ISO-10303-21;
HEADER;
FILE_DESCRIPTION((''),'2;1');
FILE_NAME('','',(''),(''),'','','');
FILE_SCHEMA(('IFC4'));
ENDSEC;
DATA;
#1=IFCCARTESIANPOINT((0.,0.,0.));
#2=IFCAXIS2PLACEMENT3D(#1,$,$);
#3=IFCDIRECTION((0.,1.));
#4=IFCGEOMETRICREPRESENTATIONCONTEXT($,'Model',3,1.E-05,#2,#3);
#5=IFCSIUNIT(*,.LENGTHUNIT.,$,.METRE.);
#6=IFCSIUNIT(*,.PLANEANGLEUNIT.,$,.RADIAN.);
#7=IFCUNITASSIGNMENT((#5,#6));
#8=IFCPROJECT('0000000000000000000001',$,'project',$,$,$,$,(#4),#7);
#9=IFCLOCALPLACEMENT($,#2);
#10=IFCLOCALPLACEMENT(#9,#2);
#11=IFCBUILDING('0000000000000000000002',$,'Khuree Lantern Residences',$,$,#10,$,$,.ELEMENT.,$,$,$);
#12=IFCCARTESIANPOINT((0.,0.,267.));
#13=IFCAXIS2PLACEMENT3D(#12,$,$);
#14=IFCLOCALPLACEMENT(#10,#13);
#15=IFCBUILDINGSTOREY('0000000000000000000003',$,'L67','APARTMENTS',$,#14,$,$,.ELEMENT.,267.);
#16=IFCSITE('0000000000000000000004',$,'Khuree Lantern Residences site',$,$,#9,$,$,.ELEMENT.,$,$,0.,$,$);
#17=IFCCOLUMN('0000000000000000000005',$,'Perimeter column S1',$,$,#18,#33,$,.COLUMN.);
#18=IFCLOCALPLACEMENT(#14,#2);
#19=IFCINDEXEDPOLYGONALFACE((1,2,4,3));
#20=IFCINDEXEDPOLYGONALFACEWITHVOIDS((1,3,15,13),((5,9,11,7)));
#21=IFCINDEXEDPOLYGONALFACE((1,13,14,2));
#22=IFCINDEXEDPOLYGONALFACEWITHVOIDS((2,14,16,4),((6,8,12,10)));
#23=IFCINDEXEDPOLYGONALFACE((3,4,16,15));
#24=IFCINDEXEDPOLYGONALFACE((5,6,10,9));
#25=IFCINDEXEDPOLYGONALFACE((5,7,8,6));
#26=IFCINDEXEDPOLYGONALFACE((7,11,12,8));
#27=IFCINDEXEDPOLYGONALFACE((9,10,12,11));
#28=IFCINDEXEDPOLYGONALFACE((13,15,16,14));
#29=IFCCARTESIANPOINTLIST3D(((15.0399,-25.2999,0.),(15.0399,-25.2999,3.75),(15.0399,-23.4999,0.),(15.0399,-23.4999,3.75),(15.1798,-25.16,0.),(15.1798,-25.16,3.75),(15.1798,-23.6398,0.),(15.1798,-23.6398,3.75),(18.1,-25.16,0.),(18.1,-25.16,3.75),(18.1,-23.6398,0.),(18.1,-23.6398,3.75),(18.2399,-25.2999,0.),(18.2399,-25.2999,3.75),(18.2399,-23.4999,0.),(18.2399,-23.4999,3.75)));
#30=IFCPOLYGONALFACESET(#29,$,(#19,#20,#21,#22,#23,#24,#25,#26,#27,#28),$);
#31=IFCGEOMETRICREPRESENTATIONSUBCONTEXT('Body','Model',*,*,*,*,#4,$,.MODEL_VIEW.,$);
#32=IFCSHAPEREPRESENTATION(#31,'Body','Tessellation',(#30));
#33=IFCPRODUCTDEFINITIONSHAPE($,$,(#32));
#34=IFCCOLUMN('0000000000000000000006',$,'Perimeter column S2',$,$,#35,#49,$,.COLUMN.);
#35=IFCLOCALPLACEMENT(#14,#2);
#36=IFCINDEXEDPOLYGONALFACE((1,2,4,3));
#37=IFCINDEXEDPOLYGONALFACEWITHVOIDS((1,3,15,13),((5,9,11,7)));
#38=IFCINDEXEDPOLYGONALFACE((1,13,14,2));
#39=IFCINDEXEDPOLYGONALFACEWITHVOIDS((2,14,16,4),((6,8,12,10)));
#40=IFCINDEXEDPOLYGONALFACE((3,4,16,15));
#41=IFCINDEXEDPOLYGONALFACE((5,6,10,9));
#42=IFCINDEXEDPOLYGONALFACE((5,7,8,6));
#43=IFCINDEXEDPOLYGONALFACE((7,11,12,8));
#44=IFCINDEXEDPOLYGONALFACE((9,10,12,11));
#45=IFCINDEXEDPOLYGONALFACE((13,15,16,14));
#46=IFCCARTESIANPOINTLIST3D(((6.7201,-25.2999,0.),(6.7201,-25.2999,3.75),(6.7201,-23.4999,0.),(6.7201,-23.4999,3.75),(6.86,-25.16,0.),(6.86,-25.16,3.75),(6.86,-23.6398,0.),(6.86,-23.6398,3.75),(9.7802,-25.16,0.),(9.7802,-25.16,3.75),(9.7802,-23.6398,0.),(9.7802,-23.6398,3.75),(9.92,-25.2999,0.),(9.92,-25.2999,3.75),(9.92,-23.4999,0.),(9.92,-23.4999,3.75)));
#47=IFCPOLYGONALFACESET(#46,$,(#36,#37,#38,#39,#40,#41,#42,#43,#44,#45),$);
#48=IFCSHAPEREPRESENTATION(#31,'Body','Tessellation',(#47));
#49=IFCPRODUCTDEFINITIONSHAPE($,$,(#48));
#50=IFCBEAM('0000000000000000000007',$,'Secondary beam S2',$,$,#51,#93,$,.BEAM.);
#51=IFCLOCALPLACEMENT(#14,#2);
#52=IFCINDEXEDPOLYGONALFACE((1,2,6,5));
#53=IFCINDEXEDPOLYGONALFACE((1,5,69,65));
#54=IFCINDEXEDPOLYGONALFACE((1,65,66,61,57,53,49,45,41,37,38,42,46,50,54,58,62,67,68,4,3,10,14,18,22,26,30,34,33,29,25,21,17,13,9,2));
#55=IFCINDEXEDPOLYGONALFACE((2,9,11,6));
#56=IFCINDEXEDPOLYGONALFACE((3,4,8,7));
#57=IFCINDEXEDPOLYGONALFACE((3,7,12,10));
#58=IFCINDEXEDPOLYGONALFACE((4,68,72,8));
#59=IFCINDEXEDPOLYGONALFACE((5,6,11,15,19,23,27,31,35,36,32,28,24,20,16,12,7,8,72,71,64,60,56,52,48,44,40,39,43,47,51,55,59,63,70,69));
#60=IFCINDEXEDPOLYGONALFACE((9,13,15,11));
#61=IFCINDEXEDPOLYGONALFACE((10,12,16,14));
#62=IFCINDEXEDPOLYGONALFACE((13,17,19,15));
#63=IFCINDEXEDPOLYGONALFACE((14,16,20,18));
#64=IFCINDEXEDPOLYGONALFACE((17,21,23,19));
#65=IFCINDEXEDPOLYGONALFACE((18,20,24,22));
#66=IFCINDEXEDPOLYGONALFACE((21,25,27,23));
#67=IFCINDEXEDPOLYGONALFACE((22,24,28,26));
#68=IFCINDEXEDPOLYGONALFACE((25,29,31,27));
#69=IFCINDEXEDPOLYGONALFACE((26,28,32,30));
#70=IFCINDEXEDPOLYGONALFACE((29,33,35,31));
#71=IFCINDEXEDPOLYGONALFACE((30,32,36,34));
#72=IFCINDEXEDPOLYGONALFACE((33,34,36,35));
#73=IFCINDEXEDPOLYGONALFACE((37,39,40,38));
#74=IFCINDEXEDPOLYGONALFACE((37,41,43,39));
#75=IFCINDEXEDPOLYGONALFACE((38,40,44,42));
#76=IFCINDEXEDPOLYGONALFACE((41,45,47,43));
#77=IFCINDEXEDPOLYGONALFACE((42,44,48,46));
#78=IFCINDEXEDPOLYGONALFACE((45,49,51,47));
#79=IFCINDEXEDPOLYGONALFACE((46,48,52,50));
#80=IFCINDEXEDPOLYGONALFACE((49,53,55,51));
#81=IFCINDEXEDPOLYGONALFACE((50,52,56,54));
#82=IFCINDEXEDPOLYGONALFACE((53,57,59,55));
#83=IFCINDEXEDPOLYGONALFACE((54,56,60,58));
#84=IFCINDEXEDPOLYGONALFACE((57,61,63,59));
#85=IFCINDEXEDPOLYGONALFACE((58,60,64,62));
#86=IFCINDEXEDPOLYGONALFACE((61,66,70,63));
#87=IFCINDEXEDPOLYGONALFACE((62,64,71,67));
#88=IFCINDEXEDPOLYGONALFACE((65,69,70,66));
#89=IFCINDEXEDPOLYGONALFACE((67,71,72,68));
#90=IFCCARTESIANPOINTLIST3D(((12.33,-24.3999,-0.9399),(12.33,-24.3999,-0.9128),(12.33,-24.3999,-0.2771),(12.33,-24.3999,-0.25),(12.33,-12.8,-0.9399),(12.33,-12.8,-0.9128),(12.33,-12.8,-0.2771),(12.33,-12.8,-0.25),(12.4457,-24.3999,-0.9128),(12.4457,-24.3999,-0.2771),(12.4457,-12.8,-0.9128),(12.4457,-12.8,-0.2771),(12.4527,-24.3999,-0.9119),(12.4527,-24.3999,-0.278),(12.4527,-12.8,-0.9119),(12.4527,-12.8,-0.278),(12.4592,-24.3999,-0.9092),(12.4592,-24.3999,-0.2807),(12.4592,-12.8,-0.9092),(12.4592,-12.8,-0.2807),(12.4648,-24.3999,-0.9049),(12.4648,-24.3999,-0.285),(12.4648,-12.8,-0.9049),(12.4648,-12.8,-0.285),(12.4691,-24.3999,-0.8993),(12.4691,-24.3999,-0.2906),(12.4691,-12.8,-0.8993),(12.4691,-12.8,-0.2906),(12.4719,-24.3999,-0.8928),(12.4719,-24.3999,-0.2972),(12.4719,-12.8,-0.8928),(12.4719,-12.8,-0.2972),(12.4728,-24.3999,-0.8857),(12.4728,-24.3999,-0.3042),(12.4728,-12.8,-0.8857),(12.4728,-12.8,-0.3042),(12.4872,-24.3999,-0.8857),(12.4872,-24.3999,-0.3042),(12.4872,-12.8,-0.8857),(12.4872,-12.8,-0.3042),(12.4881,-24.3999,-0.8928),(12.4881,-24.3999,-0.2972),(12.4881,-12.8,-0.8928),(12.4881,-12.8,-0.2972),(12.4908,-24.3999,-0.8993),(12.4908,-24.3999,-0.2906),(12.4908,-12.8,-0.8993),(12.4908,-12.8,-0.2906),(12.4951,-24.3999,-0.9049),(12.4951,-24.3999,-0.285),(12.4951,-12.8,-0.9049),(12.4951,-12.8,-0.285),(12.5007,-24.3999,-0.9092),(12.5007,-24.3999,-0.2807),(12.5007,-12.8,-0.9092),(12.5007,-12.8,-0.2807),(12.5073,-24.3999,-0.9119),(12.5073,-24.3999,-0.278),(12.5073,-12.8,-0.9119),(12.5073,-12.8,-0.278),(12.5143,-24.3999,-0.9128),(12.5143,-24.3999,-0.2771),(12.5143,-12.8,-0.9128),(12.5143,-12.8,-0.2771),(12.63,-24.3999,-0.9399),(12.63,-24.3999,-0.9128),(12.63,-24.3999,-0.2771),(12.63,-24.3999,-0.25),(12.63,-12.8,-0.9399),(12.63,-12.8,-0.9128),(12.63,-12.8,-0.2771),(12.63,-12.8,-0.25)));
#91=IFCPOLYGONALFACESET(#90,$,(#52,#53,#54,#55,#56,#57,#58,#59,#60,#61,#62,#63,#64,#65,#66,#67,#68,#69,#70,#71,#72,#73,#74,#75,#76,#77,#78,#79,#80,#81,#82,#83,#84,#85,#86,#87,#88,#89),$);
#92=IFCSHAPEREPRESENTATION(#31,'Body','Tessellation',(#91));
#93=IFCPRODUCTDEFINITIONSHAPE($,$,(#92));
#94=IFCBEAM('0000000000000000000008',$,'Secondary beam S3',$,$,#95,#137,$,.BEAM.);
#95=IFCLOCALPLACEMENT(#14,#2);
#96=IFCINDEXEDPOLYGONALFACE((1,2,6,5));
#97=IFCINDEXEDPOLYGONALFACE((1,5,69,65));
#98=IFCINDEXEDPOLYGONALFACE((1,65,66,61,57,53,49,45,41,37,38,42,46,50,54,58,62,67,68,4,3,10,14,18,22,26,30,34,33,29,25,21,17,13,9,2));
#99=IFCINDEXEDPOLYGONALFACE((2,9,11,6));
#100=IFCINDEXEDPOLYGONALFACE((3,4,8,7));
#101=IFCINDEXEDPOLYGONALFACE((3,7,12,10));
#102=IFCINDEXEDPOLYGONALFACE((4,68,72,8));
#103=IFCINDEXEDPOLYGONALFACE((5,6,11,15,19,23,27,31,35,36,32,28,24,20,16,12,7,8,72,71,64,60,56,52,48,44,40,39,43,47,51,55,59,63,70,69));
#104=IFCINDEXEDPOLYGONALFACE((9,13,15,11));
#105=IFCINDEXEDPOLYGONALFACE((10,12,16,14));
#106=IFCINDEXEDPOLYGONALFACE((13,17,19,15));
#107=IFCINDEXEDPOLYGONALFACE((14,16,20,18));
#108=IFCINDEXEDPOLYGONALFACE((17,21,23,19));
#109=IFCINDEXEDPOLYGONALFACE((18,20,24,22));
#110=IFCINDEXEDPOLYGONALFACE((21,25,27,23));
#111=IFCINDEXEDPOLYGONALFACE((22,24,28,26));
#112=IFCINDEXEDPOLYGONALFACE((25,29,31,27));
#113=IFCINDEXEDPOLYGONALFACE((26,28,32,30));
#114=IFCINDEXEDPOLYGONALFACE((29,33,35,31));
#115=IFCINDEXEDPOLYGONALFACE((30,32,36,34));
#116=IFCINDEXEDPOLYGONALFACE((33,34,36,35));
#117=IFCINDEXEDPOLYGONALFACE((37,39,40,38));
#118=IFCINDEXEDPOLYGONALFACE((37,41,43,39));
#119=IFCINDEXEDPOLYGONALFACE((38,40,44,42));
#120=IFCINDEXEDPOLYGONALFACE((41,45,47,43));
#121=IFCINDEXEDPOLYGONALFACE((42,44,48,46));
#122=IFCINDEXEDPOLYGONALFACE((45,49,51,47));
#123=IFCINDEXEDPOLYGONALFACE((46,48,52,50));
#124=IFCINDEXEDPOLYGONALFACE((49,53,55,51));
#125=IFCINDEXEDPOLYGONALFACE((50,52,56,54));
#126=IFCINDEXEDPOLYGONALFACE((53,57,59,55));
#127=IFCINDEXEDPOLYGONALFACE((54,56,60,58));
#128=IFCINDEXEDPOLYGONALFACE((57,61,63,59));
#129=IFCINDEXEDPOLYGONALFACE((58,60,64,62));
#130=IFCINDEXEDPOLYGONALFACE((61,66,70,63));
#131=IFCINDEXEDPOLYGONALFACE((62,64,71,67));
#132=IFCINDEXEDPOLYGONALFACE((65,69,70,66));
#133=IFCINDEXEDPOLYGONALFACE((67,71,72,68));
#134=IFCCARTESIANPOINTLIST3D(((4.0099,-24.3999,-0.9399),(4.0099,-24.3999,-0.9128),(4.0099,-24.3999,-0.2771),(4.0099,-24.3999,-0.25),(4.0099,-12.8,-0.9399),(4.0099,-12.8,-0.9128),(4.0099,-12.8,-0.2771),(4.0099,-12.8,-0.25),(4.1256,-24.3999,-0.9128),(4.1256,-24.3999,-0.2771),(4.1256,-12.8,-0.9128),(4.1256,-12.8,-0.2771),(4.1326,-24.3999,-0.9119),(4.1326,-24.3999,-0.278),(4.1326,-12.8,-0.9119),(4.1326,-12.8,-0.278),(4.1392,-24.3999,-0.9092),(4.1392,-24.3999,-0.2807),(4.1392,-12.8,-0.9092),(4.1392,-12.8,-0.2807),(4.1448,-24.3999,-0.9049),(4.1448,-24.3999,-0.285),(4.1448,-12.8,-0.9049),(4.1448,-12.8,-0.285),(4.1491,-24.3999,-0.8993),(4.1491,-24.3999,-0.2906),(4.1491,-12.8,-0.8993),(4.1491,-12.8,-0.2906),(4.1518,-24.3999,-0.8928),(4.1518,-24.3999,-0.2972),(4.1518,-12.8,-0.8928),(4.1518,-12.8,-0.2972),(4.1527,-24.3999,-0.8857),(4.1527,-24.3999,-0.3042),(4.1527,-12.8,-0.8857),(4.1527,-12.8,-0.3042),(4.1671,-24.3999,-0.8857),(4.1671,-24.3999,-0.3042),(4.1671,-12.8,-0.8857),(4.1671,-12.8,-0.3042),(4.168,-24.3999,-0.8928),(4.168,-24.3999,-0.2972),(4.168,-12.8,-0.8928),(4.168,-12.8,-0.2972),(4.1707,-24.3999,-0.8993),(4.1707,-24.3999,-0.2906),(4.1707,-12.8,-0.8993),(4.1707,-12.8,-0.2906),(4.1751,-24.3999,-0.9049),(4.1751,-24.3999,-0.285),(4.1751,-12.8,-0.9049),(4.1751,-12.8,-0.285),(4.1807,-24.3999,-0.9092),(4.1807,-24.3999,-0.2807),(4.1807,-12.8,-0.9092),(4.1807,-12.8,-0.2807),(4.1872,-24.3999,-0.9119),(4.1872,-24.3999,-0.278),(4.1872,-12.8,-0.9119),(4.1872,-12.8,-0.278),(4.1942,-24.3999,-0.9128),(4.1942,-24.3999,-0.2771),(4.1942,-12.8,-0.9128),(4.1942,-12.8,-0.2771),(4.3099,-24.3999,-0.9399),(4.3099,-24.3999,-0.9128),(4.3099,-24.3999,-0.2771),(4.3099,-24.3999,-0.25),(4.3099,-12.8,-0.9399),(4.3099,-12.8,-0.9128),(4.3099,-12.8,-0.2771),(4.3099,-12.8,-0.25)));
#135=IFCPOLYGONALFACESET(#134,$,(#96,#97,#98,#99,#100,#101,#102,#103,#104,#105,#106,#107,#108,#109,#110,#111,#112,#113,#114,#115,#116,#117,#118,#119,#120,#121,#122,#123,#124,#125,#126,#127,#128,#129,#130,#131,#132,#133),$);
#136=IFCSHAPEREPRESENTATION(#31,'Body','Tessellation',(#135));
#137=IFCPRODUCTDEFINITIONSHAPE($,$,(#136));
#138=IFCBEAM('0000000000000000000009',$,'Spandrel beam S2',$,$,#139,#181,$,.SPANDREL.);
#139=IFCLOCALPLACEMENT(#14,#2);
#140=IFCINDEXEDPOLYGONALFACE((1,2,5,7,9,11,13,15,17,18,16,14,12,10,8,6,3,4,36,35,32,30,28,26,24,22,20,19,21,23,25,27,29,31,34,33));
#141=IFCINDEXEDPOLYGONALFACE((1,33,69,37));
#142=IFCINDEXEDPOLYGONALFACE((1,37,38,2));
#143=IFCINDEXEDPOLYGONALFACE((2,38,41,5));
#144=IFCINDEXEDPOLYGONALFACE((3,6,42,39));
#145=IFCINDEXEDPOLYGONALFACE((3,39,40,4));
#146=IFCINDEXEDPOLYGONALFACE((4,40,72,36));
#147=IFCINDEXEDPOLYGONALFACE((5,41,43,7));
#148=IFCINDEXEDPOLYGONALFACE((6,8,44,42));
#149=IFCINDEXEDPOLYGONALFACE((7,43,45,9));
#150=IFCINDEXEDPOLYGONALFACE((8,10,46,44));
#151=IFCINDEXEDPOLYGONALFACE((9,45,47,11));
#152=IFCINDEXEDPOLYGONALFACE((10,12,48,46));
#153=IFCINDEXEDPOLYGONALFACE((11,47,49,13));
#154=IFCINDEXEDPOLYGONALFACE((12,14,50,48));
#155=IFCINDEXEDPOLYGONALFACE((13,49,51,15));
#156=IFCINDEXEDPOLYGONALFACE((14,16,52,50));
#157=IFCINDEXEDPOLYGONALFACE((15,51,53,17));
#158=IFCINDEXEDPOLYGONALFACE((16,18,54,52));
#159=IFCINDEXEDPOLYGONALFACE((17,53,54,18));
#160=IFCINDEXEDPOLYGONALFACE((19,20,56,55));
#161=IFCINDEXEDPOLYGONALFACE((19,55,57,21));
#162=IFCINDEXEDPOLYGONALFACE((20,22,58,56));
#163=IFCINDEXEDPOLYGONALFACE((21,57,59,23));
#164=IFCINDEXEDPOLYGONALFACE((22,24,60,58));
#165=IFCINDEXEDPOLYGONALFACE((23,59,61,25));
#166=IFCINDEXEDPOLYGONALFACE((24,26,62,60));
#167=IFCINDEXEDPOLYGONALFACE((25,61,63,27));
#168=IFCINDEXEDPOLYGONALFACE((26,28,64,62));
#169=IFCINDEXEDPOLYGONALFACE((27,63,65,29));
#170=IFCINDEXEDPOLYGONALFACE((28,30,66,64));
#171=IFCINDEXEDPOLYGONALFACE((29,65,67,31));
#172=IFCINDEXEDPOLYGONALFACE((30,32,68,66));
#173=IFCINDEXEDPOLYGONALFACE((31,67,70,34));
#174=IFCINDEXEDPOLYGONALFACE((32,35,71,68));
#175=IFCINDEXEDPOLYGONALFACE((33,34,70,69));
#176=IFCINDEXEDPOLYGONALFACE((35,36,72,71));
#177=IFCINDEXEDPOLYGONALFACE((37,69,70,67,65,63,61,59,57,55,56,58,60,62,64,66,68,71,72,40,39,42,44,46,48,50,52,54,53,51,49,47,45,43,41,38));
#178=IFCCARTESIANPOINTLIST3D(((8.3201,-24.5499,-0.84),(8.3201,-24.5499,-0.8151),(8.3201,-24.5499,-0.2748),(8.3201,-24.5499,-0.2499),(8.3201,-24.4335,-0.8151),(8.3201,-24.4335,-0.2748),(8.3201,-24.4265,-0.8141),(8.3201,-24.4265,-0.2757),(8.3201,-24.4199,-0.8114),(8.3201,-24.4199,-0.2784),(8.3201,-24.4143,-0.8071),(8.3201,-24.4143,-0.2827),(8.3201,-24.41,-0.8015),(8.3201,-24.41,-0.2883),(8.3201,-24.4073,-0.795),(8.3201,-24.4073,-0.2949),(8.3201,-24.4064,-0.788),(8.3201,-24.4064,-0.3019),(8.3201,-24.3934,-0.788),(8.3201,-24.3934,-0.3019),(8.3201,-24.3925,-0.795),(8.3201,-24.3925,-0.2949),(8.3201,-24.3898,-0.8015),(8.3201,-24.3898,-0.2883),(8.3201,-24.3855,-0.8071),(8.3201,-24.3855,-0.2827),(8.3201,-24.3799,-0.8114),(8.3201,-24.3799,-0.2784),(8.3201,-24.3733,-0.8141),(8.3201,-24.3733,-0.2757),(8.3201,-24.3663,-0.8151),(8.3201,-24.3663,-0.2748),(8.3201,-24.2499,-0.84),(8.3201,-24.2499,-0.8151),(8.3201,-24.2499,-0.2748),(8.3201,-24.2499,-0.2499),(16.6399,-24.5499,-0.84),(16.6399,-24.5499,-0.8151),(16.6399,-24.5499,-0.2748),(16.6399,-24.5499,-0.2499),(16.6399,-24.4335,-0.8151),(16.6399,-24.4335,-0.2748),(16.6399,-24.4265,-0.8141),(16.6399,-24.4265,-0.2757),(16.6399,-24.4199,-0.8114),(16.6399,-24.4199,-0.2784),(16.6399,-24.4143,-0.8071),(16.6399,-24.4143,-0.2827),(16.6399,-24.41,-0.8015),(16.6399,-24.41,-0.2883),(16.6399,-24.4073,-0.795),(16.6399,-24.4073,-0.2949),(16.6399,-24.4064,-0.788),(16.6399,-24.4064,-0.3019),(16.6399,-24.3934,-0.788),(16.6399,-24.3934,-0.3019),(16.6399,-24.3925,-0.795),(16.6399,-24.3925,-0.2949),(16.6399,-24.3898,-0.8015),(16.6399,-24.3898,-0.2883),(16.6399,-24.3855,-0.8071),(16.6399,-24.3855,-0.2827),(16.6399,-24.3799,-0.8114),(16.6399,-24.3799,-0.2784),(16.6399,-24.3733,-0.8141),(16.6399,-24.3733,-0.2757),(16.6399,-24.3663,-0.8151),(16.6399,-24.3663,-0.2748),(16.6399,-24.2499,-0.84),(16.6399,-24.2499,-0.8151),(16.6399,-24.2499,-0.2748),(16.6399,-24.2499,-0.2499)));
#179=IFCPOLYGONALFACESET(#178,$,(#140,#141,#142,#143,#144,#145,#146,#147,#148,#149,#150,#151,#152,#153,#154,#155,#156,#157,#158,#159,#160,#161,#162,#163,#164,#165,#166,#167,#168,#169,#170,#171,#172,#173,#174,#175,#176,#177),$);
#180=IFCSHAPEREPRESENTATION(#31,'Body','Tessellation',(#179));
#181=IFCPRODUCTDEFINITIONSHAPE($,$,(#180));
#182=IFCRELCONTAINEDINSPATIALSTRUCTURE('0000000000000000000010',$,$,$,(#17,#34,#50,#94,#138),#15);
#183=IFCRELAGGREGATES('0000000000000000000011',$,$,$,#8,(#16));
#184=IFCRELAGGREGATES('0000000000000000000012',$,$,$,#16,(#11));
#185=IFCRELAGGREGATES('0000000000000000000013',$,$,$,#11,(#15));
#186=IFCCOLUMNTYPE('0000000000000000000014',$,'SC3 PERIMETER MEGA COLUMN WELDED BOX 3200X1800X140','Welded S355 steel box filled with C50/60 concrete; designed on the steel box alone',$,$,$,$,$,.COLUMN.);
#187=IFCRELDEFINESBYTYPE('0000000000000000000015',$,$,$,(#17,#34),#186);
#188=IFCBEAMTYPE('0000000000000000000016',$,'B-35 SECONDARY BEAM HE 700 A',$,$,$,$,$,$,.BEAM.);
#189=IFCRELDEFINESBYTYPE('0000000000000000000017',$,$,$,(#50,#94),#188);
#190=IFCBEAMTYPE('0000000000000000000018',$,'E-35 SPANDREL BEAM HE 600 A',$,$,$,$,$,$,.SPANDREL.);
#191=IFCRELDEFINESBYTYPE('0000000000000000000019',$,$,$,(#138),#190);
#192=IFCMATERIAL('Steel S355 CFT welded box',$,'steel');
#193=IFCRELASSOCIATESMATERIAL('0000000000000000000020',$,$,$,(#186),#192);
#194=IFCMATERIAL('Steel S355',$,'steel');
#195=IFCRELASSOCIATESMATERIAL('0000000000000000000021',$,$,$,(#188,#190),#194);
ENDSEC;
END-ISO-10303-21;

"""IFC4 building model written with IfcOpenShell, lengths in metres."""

from ifc_helpers import new_model, si_unit, direction, frame, origin, origin_2d, place, context, subcontext, project, spatial, hollow_rectangle, i_section, extrude, material, material_profile, profile_set, type_object, element, save


model = new_model("IFC4")

# Units and contexts
model_context = context("Model", 3, precision=1e-05, world=origin(), true_north=direction((0.0, 1.0)))
body_context = subcontext(model_context, "Body", "Model", "MODEL_VIEW")
ifc_project = project(units=[si_unit("LENGTHUNIT", "METRE"), si_unit("PLANEANGLEUNIT", "RADIAN")], contexts=[model_context])

# Site, building, storey
site_placement = place(None, origin())
site = spatial("IfcSite", under=ifc_project, at=site_placement, Name="Khuree Lantern Residences site", CompositionType="ELEMENT", RefElevation=0.0)
building_placement = place(site_placement, origin())
building = spatial("IfcBuilding", under=site, at=building_placement, Name="Khuree Lantern Residences", CompositionType="ELEMENT")
storey_placement = place(building_placement, frame((0.0, 0.0, 267.0)))
storey = spatial("IfcBuildingStorey", under=building, at=storey_placement, Name="L67", Description="APARTMENTS", CompositionType="ELEMENT", Elevation=267.0)

# Columns
ifc_material_1 = material(Name="Steel S355 CFT welded box", Category="steel")
ifc_material_profile_1 = material_profile(ifc_material_1, hollow_rectangle(XDim=3.2, YDim=1.8, WallThickness=0.1399, at=origin_2d()), Name="WELDED BOX 3200X1800X140")
ifc_profile_set_1 = profile_set([ifc_material_profile_1], Name="Steel S355 CFT welded box")
column_type = type_object("IfcColumnType", Name="SC3 PERIMETER MEGA COLUMN WELDED BOX 3200X1800X140", Description="Welded S355 steel box filled with C50/60 concrete; designed on the steel box alone", PredefinedType="COLUMN", material=ifc_profile_set_1)
for number, where, z_axis, x_axis, name in (
    (1, (16.6399, -24.3999, 0.0), (0.0, 0.0, 1.0), (1.0, 0.0, 0.0), "Perimeter column S1"),
    (2, (8.3201, -24.3999, 0.0), (0.0, 0.0, 1.0), (1.0, 0.0, 0.0), "Perimeter column S2"),
):
    element("IfcColumn", number, at=place(storey_placement, frame(where, z_axis=z_axis, x_axis=x_axis)), inside=storey, type_object=column_type, Name=name, PredefinedType="COLUMN", context=body_context, shape_type="SweptSolid", body=[
        extrude(hollow_rectangle(XDim=3.2, YDim=1.8, WallThickness=0.1399, at=origin_2d()), origin(), (0.0, 0.0, 1.0), 3.75),
    ])

# Beams
ifc_material_2 = material(Name="Steel S355", Category="steel")
ifc_material_profile_2 = material_profile(ifc_material_2, i_section(OverallWidth=0.3, OverallDepth=0.6899, WebThickness=0.0144, FlangeThickness=0.0271, FilletRadius=0.0271, at=origin_2d()), Name="HE 700 A")
ifc_profile_set_2 = profile_set([ifc_material_profile_2], Name="Steel S355")
beam_type_1 = type_object("IfcBeamType", Name="B-35 SECONDARY BEAM HE 700 A", PredefinedType="BEAM", material=ifc_profile_set_2)
for number, where, z_axis, x_axis, name in (
    (3, (12.48, -24.3999, -0.595), (0.0, 1.0, 0.0), (-1.0, 0.0, 0.0), "Secondary beam S2"),
    (4, (4.1599, -24.3999, -0.595), (0.0, 1.0, 0.0), (-1.0, 0.0, 0.0), "Secondary beam S3"),
):
    element("IfcBeam", number, at=place(storey_placement, frame(where, z_axis=z_axis, x_axis=x_axis)), inside=storey, type_object=beam_type_1, Name=name, PredefinedType="BEAM", context=body_context, shape_type="SweptSolid", body=[
        extrude(i_section(OverallWidth=0.3, OverallDepth=0.6899, WebThickness=0.0144, FlangeThickness=0.0271, FilletRadius=0.0271, at=origin_2d()), origin(), (0.0, 0.0, 1.0), 11.5999),
    ])
ifc_material_profile_3 = material_profile(ifc_material_2, i_section(OverallWidth=0.3, OverallDepth=0.5901, WebThickness=0.0129, FlangeThickness=0.0249, FilletRadius=0.0271, at=origin_2d()), Name="HE 600 A")
ifc_profile_set_3 = profile_set([ifc_material_profile_3], Name="Steel S355")
beam_type_2 = type_object("IfcBeamType", Name="E-35 SPANDREL BEAM HE 600 A", PredefinedType="SPANDREL", material=ifc_profile_set_3)
beam_1_placement = place(storey_placement, frame((16.6399, -24.3999, -0.5449), z_axis=(-1.0, 0.0, 0.0), x_axis=(0.0, -1.0, 0.0)))
element("IfcBeam", 5, at=beam_1_placement, inside=storey, type_object=beam_type_2, Name="Spandrel beam S2", PredefinedType="SPANDREL", context=body_context, shape_type="SweptSolid", body=[
    extrude(i_section(OverallWidth=0.3, OverallDepth=0.5901, WebThickness=0.0129, FlangeThickness=0.0249, FilletRadius=0.0271, at=origin_2d()), origin(), (0.0, 0.0, 1.0), 8.3198),
])

save(model, "model.ifc")
